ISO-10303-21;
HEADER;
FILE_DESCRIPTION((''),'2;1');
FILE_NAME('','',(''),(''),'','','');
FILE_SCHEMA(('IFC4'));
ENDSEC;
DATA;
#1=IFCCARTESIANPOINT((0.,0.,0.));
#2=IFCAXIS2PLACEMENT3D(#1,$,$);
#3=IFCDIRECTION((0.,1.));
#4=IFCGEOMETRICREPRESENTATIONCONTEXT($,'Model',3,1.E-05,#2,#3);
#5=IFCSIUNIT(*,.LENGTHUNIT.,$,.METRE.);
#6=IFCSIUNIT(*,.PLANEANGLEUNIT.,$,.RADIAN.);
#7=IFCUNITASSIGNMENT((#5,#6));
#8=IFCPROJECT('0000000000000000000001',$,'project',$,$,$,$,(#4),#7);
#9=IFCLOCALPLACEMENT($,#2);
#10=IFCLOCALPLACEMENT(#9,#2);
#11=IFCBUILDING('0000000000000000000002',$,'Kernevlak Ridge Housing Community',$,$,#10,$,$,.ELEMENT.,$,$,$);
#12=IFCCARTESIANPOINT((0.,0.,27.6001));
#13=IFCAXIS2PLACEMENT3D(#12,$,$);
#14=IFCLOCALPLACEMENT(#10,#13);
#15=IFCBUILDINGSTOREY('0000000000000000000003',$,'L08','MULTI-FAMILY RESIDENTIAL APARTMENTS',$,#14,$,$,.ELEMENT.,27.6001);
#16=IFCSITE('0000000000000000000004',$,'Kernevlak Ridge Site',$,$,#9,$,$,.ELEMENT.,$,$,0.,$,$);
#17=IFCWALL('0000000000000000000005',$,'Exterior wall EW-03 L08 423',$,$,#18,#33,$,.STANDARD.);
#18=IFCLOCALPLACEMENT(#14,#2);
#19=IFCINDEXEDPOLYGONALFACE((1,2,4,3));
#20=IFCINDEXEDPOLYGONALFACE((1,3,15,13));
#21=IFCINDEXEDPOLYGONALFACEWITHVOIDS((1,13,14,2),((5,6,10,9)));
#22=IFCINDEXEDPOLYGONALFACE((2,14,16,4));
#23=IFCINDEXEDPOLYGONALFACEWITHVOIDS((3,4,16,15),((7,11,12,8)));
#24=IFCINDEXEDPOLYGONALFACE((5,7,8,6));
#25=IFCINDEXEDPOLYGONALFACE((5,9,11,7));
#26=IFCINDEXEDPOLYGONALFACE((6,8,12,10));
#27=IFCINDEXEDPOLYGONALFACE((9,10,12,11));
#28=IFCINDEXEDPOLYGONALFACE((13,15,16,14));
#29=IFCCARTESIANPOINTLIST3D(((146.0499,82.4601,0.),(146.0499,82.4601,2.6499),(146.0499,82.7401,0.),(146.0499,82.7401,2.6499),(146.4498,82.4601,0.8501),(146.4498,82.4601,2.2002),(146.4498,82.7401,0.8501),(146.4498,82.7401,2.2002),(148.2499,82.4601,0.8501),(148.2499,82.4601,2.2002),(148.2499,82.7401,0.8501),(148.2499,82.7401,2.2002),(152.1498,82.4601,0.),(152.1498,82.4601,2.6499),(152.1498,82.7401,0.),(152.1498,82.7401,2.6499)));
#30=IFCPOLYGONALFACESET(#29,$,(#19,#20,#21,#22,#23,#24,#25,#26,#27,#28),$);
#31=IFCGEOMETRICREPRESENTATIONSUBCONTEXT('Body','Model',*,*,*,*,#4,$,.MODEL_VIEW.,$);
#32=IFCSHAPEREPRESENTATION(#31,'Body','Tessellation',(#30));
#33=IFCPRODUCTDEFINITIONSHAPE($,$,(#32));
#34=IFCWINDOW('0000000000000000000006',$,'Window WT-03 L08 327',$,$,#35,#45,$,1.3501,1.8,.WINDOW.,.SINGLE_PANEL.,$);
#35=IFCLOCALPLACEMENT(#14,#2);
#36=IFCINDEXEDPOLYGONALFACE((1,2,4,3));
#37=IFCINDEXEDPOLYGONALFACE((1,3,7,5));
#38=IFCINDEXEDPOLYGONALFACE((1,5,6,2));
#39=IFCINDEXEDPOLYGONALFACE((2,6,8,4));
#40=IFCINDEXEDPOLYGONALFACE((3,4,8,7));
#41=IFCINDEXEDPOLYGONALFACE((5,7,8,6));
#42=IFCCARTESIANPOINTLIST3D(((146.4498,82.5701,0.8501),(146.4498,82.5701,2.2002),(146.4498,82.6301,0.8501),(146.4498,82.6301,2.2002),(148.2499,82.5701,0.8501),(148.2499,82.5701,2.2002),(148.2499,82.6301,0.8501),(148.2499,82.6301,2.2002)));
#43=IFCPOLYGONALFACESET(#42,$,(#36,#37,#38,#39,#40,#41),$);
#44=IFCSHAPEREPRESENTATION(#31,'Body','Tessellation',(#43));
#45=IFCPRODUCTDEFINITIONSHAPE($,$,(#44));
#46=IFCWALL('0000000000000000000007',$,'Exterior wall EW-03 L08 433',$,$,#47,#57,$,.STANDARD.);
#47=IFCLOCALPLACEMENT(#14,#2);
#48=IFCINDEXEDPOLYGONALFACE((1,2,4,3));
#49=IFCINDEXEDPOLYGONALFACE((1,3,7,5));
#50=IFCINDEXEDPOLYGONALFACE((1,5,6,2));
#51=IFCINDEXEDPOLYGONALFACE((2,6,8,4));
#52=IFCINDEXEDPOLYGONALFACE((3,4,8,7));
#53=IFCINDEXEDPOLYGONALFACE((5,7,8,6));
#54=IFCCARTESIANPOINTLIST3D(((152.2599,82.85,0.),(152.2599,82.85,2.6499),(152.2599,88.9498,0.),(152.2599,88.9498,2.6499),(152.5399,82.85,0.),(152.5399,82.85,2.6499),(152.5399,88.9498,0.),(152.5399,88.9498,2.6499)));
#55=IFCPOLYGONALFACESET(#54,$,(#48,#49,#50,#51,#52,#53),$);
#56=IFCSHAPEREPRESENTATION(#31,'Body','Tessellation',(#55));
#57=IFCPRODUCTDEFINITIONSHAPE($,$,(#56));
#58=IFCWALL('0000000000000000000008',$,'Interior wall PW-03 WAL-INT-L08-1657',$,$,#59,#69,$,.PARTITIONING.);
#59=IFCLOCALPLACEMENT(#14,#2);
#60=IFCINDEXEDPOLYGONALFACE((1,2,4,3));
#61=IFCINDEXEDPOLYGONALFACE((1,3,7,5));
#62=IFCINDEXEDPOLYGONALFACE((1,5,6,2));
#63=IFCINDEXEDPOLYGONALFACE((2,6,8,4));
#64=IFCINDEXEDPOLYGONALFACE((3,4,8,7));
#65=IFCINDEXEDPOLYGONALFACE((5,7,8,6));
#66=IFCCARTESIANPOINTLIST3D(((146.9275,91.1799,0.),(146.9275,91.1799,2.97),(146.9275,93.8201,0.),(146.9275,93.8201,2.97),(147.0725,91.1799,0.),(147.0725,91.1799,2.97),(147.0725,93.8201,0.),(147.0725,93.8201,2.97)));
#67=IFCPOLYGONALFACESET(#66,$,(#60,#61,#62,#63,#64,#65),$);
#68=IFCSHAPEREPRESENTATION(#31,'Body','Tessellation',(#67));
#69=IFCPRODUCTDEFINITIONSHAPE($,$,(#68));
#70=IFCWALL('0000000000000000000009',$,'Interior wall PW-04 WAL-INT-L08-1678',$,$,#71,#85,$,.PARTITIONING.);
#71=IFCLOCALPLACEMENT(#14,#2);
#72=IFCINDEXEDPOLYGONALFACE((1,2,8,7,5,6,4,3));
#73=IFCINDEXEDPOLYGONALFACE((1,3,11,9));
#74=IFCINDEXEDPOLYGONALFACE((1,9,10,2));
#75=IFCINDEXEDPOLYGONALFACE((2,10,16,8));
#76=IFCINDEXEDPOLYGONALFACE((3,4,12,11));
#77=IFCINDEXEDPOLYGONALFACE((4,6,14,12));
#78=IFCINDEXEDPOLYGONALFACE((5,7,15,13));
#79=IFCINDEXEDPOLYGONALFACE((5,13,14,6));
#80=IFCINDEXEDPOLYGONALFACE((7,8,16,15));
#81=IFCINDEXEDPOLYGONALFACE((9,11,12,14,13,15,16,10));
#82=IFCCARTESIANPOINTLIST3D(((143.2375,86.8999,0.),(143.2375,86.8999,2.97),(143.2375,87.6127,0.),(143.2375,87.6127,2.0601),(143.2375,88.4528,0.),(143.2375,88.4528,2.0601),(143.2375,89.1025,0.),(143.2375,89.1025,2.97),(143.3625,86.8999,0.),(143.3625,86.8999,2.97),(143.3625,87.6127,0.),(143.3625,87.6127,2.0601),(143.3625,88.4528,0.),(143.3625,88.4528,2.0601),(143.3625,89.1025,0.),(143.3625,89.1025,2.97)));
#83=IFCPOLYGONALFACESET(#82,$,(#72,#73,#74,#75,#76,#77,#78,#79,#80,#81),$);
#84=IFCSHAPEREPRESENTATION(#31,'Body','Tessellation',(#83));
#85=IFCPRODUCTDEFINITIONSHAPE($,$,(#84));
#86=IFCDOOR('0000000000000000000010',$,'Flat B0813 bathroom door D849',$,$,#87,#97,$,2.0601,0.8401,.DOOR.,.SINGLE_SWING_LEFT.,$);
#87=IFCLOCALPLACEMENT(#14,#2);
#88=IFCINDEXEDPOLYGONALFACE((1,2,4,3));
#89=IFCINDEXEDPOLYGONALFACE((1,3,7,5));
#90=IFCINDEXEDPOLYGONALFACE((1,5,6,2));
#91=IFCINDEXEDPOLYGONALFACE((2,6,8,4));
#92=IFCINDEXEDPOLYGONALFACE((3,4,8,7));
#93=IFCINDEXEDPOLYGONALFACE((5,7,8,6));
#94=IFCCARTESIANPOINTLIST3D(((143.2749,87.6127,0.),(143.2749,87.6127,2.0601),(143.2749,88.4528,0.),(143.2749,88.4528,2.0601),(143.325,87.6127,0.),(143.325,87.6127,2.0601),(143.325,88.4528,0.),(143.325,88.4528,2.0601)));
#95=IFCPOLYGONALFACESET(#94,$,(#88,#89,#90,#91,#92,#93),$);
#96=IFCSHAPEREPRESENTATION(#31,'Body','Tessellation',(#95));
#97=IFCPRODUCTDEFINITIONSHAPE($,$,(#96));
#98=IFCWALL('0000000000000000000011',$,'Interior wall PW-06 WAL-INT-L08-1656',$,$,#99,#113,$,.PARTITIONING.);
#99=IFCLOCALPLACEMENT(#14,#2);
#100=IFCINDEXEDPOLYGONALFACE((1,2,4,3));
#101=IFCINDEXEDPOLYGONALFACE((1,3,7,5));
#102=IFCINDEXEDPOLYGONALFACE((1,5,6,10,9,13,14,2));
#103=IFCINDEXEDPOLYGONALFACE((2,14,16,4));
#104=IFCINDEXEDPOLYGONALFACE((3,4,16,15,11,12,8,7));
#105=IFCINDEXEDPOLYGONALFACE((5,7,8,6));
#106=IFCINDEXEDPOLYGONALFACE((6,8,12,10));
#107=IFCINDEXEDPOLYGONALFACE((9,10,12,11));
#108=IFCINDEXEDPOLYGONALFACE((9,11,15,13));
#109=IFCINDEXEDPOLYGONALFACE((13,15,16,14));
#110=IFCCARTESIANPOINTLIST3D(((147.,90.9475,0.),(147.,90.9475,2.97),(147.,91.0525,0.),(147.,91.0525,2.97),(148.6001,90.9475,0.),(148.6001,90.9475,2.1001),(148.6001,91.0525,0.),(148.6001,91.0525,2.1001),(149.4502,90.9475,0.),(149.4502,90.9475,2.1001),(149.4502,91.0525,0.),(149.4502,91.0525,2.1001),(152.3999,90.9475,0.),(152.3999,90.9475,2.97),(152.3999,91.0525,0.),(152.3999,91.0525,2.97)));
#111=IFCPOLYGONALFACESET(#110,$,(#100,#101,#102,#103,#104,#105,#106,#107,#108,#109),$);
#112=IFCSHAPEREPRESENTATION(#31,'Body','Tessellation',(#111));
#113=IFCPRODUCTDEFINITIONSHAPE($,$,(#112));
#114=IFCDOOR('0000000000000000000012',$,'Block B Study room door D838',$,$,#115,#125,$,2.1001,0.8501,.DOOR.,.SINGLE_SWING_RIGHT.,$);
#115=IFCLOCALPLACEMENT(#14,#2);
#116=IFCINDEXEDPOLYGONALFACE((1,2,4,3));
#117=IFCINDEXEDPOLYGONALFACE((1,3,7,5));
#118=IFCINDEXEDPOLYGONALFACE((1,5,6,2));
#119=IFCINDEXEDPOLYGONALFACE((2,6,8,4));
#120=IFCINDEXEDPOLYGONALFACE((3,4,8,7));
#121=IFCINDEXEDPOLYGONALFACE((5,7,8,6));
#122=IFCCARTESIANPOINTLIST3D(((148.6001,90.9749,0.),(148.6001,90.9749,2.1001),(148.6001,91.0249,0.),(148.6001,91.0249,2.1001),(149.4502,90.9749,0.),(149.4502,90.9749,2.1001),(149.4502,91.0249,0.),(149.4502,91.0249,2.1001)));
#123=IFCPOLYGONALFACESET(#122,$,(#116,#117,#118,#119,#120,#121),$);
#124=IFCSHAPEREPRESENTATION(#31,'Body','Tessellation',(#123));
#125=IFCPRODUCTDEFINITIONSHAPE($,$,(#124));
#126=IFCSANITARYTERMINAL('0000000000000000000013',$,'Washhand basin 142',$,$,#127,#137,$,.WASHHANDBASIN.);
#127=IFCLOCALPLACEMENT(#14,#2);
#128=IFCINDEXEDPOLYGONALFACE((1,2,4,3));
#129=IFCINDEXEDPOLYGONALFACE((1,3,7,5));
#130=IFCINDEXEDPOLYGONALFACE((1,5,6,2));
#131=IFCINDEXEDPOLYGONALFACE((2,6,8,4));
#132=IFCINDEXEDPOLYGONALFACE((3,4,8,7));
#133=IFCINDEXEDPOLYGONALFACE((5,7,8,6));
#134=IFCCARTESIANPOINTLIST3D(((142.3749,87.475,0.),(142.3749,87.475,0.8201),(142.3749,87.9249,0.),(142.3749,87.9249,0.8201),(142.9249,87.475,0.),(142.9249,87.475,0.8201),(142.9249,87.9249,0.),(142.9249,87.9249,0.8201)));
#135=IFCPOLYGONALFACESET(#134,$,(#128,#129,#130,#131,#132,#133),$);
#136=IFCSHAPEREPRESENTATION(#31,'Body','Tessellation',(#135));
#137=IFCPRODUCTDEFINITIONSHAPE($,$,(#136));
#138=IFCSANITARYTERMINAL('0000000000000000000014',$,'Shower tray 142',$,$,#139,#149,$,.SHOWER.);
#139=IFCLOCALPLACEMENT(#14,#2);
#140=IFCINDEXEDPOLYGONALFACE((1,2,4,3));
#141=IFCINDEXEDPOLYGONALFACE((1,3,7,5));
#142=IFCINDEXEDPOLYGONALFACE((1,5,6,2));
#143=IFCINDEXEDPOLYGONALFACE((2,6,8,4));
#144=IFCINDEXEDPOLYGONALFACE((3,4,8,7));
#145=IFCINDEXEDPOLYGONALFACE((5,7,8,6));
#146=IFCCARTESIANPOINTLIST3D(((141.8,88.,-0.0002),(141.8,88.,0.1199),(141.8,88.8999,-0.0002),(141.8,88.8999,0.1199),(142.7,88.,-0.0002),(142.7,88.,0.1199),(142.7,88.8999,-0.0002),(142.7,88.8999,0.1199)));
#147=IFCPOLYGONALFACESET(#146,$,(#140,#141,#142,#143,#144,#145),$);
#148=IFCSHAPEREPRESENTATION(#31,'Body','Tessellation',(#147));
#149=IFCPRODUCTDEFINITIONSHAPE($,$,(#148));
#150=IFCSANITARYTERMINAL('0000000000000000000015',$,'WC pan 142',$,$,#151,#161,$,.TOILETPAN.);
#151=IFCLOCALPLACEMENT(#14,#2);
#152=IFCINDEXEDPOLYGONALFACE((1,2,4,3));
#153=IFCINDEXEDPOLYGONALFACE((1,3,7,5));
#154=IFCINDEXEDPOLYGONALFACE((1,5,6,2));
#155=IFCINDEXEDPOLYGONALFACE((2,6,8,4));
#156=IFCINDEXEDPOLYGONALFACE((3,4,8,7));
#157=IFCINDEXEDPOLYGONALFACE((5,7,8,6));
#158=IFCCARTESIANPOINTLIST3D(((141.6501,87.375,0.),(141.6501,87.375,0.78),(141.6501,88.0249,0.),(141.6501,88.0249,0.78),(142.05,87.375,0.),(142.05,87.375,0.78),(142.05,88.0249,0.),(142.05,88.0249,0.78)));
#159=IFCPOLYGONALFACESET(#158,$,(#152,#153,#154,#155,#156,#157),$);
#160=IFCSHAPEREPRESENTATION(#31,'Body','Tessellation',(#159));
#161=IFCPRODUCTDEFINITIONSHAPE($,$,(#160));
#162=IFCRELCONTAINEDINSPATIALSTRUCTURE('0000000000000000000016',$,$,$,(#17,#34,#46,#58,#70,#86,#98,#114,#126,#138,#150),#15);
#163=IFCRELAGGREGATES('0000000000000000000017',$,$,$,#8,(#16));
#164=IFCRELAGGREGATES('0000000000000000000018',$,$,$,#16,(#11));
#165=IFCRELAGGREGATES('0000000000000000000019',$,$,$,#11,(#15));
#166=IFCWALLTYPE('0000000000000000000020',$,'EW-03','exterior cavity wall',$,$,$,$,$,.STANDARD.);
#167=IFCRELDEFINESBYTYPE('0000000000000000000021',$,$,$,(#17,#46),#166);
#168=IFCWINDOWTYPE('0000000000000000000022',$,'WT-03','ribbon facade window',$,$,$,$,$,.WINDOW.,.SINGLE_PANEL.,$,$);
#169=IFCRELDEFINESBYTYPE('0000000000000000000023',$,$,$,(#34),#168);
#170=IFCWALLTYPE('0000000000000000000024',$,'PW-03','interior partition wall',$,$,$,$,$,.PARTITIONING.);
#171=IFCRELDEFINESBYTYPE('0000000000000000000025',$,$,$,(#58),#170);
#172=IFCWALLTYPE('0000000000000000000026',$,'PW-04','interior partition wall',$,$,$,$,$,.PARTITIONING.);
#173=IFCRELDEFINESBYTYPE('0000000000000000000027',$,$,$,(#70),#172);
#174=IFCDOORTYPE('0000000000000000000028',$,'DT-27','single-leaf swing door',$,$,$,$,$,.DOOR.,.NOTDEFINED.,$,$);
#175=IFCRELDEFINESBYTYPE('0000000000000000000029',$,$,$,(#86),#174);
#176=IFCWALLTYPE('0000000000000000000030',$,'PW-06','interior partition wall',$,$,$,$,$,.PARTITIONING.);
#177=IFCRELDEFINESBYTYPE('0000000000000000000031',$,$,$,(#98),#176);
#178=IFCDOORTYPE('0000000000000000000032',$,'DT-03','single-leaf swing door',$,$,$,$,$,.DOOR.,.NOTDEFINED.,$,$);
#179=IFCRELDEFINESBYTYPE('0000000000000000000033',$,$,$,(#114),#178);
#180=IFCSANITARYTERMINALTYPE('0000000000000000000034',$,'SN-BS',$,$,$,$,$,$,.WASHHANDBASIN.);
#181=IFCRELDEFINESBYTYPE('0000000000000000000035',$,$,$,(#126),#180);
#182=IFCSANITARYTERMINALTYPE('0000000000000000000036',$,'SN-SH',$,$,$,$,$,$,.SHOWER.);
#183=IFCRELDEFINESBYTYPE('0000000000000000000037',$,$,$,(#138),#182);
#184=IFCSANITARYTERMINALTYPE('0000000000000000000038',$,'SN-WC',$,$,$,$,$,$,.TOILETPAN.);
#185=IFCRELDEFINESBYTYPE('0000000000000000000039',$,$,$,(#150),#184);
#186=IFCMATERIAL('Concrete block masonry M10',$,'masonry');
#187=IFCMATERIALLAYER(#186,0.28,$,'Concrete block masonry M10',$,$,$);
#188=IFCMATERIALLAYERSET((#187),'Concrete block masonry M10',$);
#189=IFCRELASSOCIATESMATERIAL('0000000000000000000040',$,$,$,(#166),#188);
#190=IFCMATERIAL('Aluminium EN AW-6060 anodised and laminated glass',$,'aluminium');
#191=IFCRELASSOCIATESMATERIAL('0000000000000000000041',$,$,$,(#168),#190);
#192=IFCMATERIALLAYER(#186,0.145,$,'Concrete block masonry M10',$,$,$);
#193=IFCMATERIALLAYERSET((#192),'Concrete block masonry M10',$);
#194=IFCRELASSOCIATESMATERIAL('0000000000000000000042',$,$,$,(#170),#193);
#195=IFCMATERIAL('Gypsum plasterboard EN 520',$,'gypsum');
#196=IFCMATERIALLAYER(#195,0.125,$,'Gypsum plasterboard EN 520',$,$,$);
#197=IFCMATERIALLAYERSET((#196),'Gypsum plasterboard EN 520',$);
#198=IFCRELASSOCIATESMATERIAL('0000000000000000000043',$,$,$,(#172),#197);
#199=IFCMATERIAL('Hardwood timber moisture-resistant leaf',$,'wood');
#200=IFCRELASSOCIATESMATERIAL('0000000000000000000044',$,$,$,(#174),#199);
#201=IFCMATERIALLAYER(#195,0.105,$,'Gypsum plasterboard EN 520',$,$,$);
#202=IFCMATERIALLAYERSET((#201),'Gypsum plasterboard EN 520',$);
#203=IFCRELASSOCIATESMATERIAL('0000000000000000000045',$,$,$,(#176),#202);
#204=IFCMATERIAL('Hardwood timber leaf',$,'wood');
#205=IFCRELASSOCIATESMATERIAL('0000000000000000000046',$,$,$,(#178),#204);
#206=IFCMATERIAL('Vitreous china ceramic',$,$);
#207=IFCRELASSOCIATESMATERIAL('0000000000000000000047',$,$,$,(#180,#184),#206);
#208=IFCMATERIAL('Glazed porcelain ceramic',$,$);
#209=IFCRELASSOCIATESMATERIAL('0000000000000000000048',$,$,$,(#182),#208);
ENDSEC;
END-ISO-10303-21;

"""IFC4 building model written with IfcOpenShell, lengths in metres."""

from ifc_helpers import new_model, si_unit, direction, frame, frame_2d, origin, origin_2d, place, context, subcontext, project, spatial, rectangle, extrude, material, layer, layer_set, type_object, element, fill, save


model = new_model("IFC4")

# Units and contexts
model_context = context("Model", 3, precision=1e-05, world=origin(), true_north=direction((0.0, 1.0)))
body_context = subcontext(model_context, "Body", "Model", "MODEL_VIEW")
ifc_project = project(units=[si_unit("LENGTHUNIT", "METRE"), si_unit("PLANEANGLEUNIT", "RADIAN")], contexts=[model_context])

# Site, building, storey
site_placement = place(None, origin())
site = spatial("IfcSite", under=ifc_project, at=site_placement, Name="Kernevlak Ridge Site", CompositionType="ELEMENT", RefElevation=0.0)
building_placement = place(site_placement, origin())
building = spatial("IfcBuilding", under=site, at=building_placement, Name="Kernevlak Ridge Housing Community", CompositionType="ELEMENT")
storey_placement = place(building_placement, frame((0.0, 0.0, 27.6001)))
storey = spatial("IfcBuildingStorey", under=building, at=storey_placement, Name="L08", Description="MULTI-FAMILY RESIDENTIAL APARTMENTS", CompositionType="ELEMENT", Elevation=27.6001)

# Shared definitions
ifc_material_1 = material(Name="Aluminium EN AW-6060 anodised and laminated glass", Category="aluminium")

# Wall, opening, window
ifc_material_2 = material(Name="Concrete block masonry M10", Category="masonry")
ifc_layer_1 = layer(ifc_material_2, 0.28, Name="Concrete block masonry M10")
ifc_layer_set_1 = layer_set([ifc_layer_1], Name="Concrete block masonry M10")
wall_type_1 = type_object("IfcWallType", Name="EW-03", Description="exterior cavity wall", PredefinedType="STANDARD", material=ifc_layer_set_1)
wall_1_placement = place(storey_placement, frame((146.05, 82.6001, 0.0), z_axis=(0.0, 0.0, 1.0), x_axis=(1.0, 0.0, 0.0)))
wall_1 = element("IfcWall", 1, at=wall_1_placement, inside=storey, type_object=wall_type_1, Name="Exterior wall EW-03 L08 423", PredefinedType="STANDARD", context=body_context, shape_type="SweptSolid", body=[
    extrude(rectangle(XDim=6.0999, YDim=0.28, at=frame_2d((3.0498, 0.0))), origin(), (0.0, 0.0, 1.0), 2.6499),
])
opening_1_placement = place(wall_1_placement, frame((0.3999, 0.0, 0.8501)))
opening_1 = element("IfcOpeningElement", 2, at=opening_1_placement, cuts=wall_1, PredefinedType="OPENING", context=body_context, shape_type="SweptSolid", body=[
    extrude(rectangle(XDim=1.8, YDim=1.3501, at=frame_2d((0.8999, 0.675))), frame((0.0, 0.1499, 0.0), z_axis=(0.0, -1.0, 0.0), x_axis=(1.0, 0.0, 0.0)), (0.0, 0.0, 1.0), 0.3),
])
window_type = type_object("IfcWindowType", Name="WT-03", Description="ribbon facade window", PartitioningType="SINGLE_PANEL", PredefinedType="WINDOW", material=ifc_material_1)
window_placement = place(opening_1_placement, origin())
window = element("IfcWindow", 3, at=window_placement, inside=storey, type_object=window_type, Name="Window WT-03 L08 327", OverallHeight=1.3501, OverallWidth=1.8, PartitioningType="SINGLE_PANEL", PredefinedType="WINDOW", context=body_context, shape_type="SweptSolid", body=[
    extrude(rectangle(XDim=1.8, YDim=1.3501, at=frame_2d((0.8999, 0.675))), frame((0.0, 0.03, 0.0), z_axis=(0.0, -1.0, 0.0), x_axis=(1.0, 0.0, 0.0)), (0.0, 0.0, 1.0), 0.0601),
])
fill(opening_1, window)

# Walls
wall_2_placement = place(storey_placement, frame((152.3999, 82.8501, 0.0), z_axis=(0.0, 0.0, 1.0), x_axis=(0.0, 1.0, 0.0)))
element("IfcWall", 4, at=wall_2_placement, inside=storey, type_object=wall_type_1, Name="Exterior wall EW-03 L08 433", PredefinedType="STANDARD", context=body_context, shape_type="SweptSolid", body=[
    extrude(rectangle(XDim=6.0999, YDim=0.28, at=frame_2d((3.0498, 0.0))), origin(), (0.0, 0.0, 1.0), 2.6499),
])
ifc_layer_2 = layer(ifc_material_2, 0.145, Name="Concrete block masonry M10")
ifc_layer_set_2 = layer_set([ifc_layer_2], Name="Concrete block masonry M10")
wall_type_2 = type_object("IfcWallType", Name="PW-03", Description="interior partition wall", PredefinedType="PARTITIONING", material=ifc_layer_set_2)
wall_3_placement = place(storey_placement, frame((147.0, 91.1799, 0.0), z_axis=(0.0, 0.0, 1.0), x_axis=(0.0, 1.0, 0.0)))
element("IfcWall", 5, at=wall_3_placement, inside=storey, type_object=wall_type_2, Name="Interior wall PW-03 WAL-INT-L08-1657", PredefinedType="PARTITIONING", context=body_context, shape_type="SweptSolid", body=[
    extrude(rectangle(XDim=2.6401, YDim=0.145, at=frame_2d((1.3201, 0.0))), origin(), (0.0, 0.0, 1.0), 2.97),
])

# Walls, openings, doors
ifc_material_3 = material(Name="Gypsum plasterboard EN 520", Category="gypsum")
ifc_layer_3 = layer(ifc_material_3, 0.125, Name="Gypsum plasterboard EN 520")
ifc_layer_set_3 = layer_set([ifc_layer_3], Name="Gypsum plasterboard EN 520")
wall_type_3 = type_object("IfcWallType", Name="PW-04", Description="interior partition wall", PredefinedType="PARTITIONING", material=ifc_layer_set_3)
wall_4_placement = place(storey_placement, frame((143.3, 89.1025, 0.0), z_axis=(0.0, 0.0, 1.0), x_axis=(0.0, -1.0, 0.0)))
wall_4 = element("IfcWall", 6, at=wall_4_placement, inside=storey, type_object=wall_type_3, Name="Interior wall PW-04 WAL-INT-L08-1678", PredefinedType="PARTITIONING", context=body_context, shape_type="SweptSolid", body=[
    extrude(rectangle(XDim=2.2026, YDim=0.125, at=frame_2d((1.1013, 0.0))), origin(), (0.0, 0.0, 1.0), 2.97),
])
opening_2_placement = place(wall_4_placement, frame((0.6499, 0.0, 0.0)))
opening_2 = element("IfcOpeningElement", 7, at=opening_2_placement, cuts=wall_4, PredefinedType="OPENING", context=body_context, shape_type="SweptSolid", body=[
    extrude(rectangle(XDim=0.8401, YDim=2.0601, at=frame_2d((0.4199, 1.03))), frame((0.0, 0.0725, 0.0), z_axis=(0.0, -1.0, 0.0), x_axis=(1.0, 0.0, 0.0)), (0.0, 0.0, 1.0), 0.145),
])
ifc_material_4 = material(Name="Hardwood timber moisture-resistant leaf", Category="wood")
door_type_1 = type_object("IfcDoorType", Name="DT-27", Description="single-leaf swing door", OperationType="NOTDEFINED", PredefinedType="DOOR", material=ifc_material_4)
door_1_placement = place(opening_2_placement, origin())
door_1 = element("IfcDoor", 8, at=door_1_placement, inside=storey, type_object=door_type_1, Name="Flat B0813 bathroom door D849", OperationType="SINGLE_SWING_LEFT", OverallHeight=2.0601, OverallWidth=0.8401, PredefinedType="DOOR", context=body_context, shape_type="SweptSolid", body=[
    extrude(rectangle(XDim=0.8401, YDim=2.0601, at=frame_2d((0.4199, 1.03))), frame((0.0, 0.0249, 0.0), z_axis=(0.0, -1.0, 0.0), x_axis=(1.0, 0.0, 0.0)), (0.0, 0.0, 1.0), 0.05),
])
fill(opening_2, door_1)
ifc_layer_4 = layer(ifc_material_3, 0.105, Name="Gypsum plasterboard EN 520")
ifc_layer_set_4 = layer_set([ifc_layer_4], Name="Gypsum plasterboard EN 520")
wall_type_4 = type_object("IfcWallType", Name="PW-06", Description="interior partition wall", PredefinedType="PARTITIONING", material=ifc_layer_set_4)
wall_5_placement = place(storey_placement, frame((147.0, 91.0, 0.0), z_axis=(0.0, 0.0, 1.0), x_axis=(1.0, 0.0, 0.0)))
wall_5 = element("IfcWall", 9, at=wall_5_placement, inside=storey, type_object=wall_type_4, Name="Interior wall PW-06 WAL-INT-L08-1656", PredefinedType="PARTITIONING", context=body_context, shape_type="SweptSolid", body=[
    extrude(rectangle(XDim=5.3999, YDim=0.105, at=frame_2d((2.7, 0.0))), origin(), (0.0, 0.0, 1.0), 2.97),
])
opening_3_placement = place(wall_5_placement, frame((1.6001, 0.0, 0.0)))
opening_3 = element("IfcOpeningElement", 10, at=opening_3_placement, cuts=wall_5, PredefinedType="OPENING", context=body_context, shape_type="SweptSolid", body=[
    extrude(rectangle(XDim=0.8501, YDim=2.1001, at=frame_2d((0.425, 1.05))), frame((0.0, 0.0625, 0.0), z_axis=(0.0, -1.0, 0.0), x_axis=(1.0, 0.0, 0.0)), (0.0, 0.0, 1.0), 0.125),
])
ifc_material_5 = material(Name="Hardwood timber leaf", Category="wood")
door_type_2 = type_object("IfcDoorType", Name="DT-03", Description="single-leaf swing door", OperationType="NOTDEFINED", PredefinedType="DOOR", material=ifc_material_5)
door_2_placement = place(opening_3_placement, origin())
door_2 = element("IfcDoor", 11, at=door_2_placement, inside=storey, type_object=door_type_2, Name="Block B Study room door D838", OperationType="SINGLE_SWING_RIGHT", OverallHeight=2.1001, OverallWidth=0.8501, PredefinedType="DOOR", context=body_context, shape_type="SweptSolid", body=[
    extrude(rectangle(XDim=0.8501, YDim=2.1001, at=frame_2d((0.425, 1.05))), frame((0.0, 0.0249, 0.0), z_axis=(0.0, -1.0, 0.0), x_axis=(1.0, 0.0, 0.0)), (0.0, 0.0, 1.0), 0.05),
])
fill(opening_3, door_2)

# Sanitary terminals
ifc_material_6 = material(Name="Vitreous china ceramic")
sanitary_terminal_type_1 = type_object("IfcSanitaryTerminalType", Name="SN-BS", PredefinedType="WASHHANDBASIN", material=ifc_material_6)
sanitary_terminal_1_placement = place(storey_placement, frame((142.6499, 87.7, 0.0), z_axis=(0.0, 0.0, 1.0), x_axis=(1.0, 0.0, 0.0)))
element("IfcSanitaryTerminal", 12, at=sanitary_terminal_1_placement, inside=storey, type_object=sanitary_terminal_type_1, Name="Washhand basin 142", PredefinedType="WASHHANDBASIN", context=body_context, shape_type="SweptSolid", body=[
    extrude(rectangle(XDim=0.55, YDim=0.45, at=origin_2d()), origin(), (0.0, 0.0, 1.0), 0.8201),
])
ifc_material_7 = material(Name="Glazed porcelain ceramic")
sanitary_terminal_type_2 = type_object("IfcSanitaryTerminalType", Name="SN-SH", PredefinedType="SHOWER", material=ifc_material_7)
sanitary_terminal_2_placement = place(storey_placement, frame((142.25, 88.45, -0.0002), z_axis=(0.0, 0.0, 1.0), x_axis=(1.0, 0.0, 0.0)))
element("IfcSanitaryTerminal", 13, at=sanitary_terminal_2_placement, inside=storey, type_object=sanitary_terminal_type_2, Name="Shower tray 142", PredefinedType="SHOWER", context=body_context, shape_type="SweptSolid", body=[
    extrude(rectangle(XDim=0.8999, YDim=0.8999, at=origin_2d()), origin(), (0.0, 0.0, 1.0), 0.1201),
])
sanitary_terminal_type_3 = type_object("IfcSanitaryTerminalType", Name="SN-WC", PredefinedType="TOILETPAN", material=ifc_material_6)
sanitary_terminal_3_placement = place(storey_placement, frame((141.8501, 87.7, 0.0), z_axis=(0.0, 0.0, 1.0), x_axis=(1.0, 0.0, 0.0)))
element("IfcSanitaryTerminal", 14, at=sanitary_terminal_3_placement, inside=storey, type_object=sanitary_terminal_type_3, Name="WC pan 142", PredefinedType="TOILETPAN", context=body_context, shape_type="SweptSolid", body=[
    extrude(rectangle(XDim=0.3999, YDim=0.6499, at=origin_2d()), origin(), (0.0, 0.0, 1.0), 0.78),
])

save(model, "model.ifc")
